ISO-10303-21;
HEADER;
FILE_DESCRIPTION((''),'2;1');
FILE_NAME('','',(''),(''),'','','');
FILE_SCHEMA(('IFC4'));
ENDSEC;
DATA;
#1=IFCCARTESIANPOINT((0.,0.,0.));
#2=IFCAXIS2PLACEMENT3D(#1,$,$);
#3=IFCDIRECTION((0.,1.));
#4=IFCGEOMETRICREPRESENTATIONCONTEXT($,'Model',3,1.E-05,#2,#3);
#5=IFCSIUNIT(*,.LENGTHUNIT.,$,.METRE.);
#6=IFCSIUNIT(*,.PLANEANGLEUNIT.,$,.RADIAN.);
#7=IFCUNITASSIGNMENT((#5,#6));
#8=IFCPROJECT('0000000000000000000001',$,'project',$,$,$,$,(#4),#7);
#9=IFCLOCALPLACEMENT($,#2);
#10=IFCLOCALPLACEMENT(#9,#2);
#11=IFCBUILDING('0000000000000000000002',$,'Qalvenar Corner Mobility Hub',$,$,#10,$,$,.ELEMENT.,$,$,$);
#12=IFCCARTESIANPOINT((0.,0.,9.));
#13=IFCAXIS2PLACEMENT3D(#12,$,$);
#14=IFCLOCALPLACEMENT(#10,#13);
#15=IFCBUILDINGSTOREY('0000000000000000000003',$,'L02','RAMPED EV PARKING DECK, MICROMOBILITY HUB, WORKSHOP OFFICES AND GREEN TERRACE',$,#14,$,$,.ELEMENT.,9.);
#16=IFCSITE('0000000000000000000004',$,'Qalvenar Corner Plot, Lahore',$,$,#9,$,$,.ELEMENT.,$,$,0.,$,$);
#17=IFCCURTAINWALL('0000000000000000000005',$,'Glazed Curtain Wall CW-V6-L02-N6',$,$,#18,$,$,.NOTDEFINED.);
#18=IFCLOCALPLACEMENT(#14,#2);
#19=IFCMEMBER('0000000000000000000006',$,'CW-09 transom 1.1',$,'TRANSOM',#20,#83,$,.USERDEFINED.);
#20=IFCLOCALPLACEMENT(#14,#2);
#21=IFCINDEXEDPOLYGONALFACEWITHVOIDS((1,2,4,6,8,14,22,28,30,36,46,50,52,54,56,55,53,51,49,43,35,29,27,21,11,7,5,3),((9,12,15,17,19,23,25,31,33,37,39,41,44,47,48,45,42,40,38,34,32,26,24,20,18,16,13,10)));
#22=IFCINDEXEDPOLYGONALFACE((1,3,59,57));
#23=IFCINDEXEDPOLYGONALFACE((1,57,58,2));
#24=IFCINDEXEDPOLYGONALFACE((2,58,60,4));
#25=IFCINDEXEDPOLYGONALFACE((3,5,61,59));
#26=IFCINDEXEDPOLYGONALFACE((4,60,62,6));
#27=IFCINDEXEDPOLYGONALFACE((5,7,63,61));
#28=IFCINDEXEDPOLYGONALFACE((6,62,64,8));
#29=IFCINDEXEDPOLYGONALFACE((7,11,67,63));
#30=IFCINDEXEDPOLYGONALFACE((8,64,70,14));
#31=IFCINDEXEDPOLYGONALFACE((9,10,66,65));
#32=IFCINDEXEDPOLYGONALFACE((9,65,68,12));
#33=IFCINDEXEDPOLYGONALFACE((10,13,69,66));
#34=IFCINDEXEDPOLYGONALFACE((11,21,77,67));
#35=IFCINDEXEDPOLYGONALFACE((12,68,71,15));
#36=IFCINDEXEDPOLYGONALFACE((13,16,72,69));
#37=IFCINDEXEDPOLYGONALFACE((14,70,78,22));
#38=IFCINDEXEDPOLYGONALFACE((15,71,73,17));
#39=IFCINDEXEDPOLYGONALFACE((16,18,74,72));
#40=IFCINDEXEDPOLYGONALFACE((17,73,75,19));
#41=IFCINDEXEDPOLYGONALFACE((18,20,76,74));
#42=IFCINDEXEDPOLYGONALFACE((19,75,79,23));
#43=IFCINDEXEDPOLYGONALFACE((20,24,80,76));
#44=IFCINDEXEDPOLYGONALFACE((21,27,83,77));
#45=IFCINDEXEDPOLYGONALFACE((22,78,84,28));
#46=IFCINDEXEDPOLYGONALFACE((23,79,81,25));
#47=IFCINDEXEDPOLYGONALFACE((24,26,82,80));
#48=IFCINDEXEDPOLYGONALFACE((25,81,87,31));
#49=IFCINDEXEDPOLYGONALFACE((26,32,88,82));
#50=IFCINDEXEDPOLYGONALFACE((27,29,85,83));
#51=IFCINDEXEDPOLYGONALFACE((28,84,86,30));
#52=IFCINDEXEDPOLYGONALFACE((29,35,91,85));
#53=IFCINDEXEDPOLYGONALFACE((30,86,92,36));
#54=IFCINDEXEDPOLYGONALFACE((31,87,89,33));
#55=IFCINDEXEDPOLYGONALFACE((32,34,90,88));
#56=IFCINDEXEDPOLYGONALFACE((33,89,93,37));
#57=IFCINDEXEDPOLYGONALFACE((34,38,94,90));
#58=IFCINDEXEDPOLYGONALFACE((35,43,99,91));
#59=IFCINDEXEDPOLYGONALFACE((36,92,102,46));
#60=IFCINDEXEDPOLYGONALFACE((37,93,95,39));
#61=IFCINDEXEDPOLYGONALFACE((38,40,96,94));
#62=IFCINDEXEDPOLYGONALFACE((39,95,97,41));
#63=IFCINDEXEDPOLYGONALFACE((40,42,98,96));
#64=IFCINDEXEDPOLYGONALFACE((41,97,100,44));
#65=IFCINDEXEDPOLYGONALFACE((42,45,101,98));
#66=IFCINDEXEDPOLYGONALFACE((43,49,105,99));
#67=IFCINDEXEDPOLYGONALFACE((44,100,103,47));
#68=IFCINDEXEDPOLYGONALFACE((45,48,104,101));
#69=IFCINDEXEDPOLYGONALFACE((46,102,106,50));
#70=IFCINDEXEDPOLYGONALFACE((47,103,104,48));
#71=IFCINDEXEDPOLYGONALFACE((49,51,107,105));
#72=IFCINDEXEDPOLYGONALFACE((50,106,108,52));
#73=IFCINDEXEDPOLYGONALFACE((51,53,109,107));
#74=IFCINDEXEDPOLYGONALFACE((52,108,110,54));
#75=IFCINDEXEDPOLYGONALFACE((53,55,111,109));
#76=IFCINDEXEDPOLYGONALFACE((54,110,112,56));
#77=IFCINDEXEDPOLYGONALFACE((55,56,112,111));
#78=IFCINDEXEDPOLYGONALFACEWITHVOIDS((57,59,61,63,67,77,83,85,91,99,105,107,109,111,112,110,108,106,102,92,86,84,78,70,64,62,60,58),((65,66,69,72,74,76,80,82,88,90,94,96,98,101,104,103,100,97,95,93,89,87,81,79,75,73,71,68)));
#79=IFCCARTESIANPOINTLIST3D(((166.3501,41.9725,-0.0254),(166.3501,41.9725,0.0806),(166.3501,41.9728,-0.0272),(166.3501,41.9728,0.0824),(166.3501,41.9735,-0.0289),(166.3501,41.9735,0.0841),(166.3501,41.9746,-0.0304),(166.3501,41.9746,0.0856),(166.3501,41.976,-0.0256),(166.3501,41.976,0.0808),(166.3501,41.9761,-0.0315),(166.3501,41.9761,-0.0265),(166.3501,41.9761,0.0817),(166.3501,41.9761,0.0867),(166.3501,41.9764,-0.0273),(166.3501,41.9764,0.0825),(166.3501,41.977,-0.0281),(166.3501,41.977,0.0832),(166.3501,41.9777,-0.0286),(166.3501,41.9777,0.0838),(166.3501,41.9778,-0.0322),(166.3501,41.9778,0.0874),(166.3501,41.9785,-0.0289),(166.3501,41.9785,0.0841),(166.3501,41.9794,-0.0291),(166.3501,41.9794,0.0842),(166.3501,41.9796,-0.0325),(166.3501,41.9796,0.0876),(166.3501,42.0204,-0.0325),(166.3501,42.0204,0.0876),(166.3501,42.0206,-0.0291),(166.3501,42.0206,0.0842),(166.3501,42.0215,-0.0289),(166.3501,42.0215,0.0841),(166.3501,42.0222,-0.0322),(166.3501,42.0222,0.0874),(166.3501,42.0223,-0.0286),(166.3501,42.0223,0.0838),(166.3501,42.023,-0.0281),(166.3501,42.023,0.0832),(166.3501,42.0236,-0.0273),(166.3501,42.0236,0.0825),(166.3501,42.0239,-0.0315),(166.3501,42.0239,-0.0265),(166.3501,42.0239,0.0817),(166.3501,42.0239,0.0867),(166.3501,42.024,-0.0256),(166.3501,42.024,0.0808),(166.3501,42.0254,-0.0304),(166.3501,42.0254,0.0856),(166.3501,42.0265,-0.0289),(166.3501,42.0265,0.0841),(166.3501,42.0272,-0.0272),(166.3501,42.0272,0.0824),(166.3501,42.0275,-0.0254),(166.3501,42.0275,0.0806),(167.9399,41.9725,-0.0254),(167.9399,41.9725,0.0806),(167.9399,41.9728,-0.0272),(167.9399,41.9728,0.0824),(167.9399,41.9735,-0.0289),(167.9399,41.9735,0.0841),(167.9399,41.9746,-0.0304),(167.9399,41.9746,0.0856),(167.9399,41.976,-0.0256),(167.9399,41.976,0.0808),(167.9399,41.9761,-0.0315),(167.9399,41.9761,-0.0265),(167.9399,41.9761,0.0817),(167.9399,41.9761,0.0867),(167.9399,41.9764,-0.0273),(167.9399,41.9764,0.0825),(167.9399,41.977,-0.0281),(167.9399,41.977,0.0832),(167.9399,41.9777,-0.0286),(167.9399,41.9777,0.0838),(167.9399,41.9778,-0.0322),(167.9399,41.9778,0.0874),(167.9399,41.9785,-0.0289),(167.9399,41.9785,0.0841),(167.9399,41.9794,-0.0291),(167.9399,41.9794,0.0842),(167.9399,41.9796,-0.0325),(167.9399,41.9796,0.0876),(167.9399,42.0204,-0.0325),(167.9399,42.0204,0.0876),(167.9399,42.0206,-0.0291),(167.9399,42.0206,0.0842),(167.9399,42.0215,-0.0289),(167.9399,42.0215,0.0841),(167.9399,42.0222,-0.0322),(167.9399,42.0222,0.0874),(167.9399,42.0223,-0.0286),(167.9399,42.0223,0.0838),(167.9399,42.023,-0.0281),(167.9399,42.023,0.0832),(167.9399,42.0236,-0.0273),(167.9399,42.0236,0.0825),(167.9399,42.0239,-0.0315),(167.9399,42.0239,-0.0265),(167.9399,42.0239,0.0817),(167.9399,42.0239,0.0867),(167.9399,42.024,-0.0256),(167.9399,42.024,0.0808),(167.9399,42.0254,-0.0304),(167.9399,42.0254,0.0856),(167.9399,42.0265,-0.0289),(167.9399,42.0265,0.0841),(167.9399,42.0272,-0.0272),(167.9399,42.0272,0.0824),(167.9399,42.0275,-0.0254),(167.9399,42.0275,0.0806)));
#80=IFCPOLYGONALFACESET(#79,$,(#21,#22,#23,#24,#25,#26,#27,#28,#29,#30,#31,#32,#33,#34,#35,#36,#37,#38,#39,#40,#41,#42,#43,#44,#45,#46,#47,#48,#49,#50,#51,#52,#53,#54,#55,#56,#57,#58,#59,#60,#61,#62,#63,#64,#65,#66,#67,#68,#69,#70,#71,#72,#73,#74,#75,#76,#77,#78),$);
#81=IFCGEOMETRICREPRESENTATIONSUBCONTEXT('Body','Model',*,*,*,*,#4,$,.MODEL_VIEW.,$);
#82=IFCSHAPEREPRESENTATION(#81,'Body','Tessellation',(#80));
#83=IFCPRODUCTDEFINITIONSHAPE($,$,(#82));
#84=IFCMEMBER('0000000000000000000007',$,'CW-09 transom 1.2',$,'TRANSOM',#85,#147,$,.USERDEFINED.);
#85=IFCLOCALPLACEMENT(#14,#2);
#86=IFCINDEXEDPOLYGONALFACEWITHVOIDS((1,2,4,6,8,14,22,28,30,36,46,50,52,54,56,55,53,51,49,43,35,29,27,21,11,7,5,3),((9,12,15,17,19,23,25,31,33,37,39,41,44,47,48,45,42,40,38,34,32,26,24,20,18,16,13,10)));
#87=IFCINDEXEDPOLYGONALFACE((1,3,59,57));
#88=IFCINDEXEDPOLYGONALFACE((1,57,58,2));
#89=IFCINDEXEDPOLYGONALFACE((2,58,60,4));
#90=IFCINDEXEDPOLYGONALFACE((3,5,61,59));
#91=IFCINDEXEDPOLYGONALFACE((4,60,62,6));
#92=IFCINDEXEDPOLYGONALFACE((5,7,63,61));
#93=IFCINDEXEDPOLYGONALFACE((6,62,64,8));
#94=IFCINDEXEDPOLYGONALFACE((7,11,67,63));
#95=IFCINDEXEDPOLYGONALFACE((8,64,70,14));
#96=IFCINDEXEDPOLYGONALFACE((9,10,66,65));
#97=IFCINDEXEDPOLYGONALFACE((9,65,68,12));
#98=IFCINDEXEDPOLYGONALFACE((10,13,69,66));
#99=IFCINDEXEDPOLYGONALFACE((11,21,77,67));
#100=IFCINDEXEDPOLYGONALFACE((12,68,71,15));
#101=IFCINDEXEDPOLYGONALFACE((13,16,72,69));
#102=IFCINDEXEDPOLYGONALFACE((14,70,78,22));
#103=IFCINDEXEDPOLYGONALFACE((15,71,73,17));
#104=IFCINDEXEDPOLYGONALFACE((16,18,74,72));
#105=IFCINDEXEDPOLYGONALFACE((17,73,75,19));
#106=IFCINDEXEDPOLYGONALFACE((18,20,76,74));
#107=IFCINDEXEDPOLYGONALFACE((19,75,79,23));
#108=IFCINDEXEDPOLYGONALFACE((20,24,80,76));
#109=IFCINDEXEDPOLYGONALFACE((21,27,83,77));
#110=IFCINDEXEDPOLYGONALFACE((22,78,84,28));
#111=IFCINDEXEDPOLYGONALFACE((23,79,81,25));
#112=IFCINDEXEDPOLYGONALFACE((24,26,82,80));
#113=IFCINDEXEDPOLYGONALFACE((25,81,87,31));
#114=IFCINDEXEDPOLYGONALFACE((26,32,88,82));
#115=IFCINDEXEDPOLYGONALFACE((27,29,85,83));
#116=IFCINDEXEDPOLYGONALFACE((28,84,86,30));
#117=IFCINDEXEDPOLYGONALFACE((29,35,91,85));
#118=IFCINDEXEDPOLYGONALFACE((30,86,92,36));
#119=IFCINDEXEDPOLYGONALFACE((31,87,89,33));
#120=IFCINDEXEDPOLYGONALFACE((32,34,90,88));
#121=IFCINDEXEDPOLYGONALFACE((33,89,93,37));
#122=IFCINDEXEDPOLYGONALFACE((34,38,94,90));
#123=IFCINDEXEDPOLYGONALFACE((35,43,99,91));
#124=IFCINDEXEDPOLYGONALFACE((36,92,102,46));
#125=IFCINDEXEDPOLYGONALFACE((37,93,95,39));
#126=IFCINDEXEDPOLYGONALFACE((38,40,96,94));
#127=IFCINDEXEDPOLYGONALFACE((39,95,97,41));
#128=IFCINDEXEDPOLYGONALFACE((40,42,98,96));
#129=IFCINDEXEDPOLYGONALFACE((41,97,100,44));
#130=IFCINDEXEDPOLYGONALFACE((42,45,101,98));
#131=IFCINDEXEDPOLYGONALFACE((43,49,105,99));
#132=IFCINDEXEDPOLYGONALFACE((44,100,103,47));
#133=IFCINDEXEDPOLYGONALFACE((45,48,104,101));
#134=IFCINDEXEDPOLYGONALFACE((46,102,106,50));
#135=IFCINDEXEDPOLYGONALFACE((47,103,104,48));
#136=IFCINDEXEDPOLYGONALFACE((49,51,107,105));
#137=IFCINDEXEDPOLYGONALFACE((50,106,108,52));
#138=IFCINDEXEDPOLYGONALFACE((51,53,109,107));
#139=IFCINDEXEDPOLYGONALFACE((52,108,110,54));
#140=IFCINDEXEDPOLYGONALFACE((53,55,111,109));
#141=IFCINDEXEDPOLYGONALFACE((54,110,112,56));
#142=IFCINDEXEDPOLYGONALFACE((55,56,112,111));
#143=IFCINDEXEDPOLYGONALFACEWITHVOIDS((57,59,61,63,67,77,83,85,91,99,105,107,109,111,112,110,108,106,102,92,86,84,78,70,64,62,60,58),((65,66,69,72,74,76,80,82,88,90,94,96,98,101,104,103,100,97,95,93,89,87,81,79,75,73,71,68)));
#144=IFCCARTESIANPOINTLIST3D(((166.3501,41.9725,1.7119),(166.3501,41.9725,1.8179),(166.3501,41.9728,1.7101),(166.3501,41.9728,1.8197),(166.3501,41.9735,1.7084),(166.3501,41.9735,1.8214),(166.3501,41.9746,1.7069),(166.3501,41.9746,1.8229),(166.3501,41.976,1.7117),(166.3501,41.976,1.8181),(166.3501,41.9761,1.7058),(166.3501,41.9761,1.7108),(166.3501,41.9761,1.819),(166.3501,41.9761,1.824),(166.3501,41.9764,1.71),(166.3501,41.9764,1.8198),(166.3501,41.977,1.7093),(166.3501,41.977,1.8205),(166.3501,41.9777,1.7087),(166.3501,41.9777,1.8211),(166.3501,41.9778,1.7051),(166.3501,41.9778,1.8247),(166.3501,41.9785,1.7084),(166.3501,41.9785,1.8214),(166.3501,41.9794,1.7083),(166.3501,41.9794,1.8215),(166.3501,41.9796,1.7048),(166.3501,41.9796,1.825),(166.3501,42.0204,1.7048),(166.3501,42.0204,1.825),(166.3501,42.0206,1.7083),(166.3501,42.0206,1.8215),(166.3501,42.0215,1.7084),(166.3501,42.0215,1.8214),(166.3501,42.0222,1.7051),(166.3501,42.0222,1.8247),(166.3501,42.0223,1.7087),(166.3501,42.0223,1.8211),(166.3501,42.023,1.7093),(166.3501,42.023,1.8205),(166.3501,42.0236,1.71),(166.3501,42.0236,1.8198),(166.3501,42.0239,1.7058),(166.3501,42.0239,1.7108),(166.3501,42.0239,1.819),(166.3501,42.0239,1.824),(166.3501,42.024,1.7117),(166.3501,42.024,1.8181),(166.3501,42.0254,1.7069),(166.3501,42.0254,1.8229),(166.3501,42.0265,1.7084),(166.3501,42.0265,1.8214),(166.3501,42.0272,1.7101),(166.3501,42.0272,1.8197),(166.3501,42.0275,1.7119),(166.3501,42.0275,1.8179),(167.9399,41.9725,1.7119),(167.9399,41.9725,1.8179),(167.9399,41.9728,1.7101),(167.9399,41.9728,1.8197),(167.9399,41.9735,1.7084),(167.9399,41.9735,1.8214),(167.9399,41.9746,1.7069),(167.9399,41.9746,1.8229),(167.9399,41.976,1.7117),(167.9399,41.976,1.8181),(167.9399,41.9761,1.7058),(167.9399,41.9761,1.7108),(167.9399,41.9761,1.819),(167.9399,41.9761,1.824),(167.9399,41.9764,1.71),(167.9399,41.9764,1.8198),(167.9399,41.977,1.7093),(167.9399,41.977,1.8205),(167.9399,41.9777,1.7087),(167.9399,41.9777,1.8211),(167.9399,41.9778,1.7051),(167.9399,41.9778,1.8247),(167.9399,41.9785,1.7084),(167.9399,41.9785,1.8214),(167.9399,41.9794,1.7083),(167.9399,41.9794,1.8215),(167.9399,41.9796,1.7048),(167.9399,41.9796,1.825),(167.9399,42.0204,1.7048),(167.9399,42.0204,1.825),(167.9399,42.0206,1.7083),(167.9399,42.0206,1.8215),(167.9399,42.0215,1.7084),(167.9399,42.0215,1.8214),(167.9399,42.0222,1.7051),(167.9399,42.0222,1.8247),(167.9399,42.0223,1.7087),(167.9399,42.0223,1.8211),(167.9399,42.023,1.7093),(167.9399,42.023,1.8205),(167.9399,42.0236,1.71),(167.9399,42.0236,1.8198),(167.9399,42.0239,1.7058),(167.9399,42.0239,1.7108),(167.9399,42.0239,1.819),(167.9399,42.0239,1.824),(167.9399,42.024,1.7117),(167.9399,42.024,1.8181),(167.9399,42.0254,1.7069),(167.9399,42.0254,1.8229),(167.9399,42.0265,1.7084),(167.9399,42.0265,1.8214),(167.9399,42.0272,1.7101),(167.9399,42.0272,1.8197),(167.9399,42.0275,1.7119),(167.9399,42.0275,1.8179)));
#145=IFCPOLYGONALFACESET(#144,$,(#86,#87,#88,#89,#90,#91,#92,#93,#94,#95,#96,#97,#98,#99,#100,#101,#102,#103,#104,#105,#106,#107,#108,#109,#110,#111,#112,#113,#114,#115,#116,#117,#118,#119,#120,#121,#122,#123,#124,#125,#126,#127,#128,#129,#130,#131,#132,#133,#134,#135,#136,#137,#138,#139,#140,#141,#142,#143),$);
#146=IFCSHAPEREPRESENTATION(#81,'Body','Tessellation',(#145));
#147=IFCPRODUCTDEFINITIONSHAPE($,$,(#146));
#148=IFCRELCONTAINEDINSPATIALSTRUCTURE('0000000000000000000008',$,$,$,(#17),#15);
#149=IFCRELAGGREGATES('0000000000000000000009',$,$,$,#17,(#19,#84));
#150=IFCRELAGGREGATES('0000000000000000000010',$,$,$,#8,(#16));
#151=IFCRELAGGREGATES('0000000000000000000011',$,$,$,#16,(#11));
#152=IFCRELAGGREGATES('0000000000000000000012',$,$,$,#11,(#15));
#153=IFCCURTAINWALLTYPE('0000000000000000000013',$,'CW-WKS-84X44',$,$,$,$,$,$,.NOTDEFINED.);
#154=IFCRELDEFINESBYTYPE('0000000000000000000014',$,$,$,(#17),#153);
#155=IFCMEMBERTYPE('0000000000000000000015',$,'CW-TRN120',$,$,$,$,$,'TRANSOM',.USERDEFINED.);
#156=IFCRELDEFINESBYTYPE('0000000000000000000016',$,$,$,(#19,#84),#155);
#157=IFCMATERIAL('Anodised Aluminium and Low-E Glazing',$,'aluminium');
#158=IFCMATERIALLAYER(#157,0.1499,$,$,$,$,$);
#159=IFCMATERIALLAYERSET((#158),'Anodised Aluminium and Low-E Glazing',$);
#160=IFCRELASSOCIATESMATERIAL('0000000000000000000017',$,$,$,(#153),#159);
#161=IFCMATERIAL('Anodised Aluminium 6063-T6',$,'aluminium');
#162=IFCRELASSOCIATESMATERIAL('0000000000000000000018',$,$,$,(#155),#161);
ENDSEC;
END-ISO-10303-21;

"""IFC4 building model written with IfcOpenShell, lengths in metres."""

from ifc_helpers import new_model, si_unit, direction, frame, origin, origin_2d, place, context, subcontext, project, spatial, hollow_rectangle, extrude, material, layer, layer_set, material_profile, profile_set, type_object, element, aggregate, save


model = new_model("IFC4")

# Units and contexts
model_context = context("Model", 3, precision=1e-05, world=origin(), true_north=direction((0.0, 1.0)))
body_context = subcontext(model_context, "Body", "Model", "MODEL_VIEW")
ifc_project = project(units=[si_unit("LENGTHUNIT", "METRE"), si_unit("PLANEANGLEUNIT", "RADIAN")], contexts=[model_context])

# Site, building, storey
site_placement = place(None, origin())
site = spatial("IfcSite", under=ifc_project, at=site_placement, Name="Qalvenar Corner Plot, Lahore", CompositionType="ELEMENT", RefElevation=0.0)
building_placement = place(site_placement, origin())
building = spatial("IfcBuilding", under=site, at=building_placement, Name="Qalvenar Corner Mobility Hub", CompositionType="ELEMENT")
storey_placement = place(building_placement, frame((0.0, 0.0, 9.0)))
storey = spatial("IfcBuildingStorey", under=building, at=storey_placement, Name="L02", Description="RAMPED EV PARKING DECK, MICROMOBILITY HUB, WORKSHOP OFFICES AND GREEN TERRACE", CompositionType="ELEMENT", Elevation=9.0)

# Curtain wall, members
ifc_material_1 = material(Name="Anodised Aluminium and Low-E Glazing", Category="aluminium")
ifc_layer_1 = layer(ifc_material_1, 0.1499)
ifc_layer_set_1 = layer_set([ifc_layer_1], Name="Anodised Aluminium and Low-E Glazing")
curtain_wall_type = type_object("IfcCurtainWallType", Name="CW-WKS-84X44", PredefinedType="NOTDEFINED", material=ifc_layer_set_1)
curtain_wall_placement = place(storey_placement, origin())
curtain_wall = element("IfcCurtainWall", 1, at=curtain_wall_placement, inside=storey, type_object=curtain_wall_type, Name="Glazed Curtain Wall CW-V6-L02-N6", PredefinedType="NOTDEFINED")
ifc_material_2 = material(Name="Anodised Aluminium 6063-T6", Category="aluminium")
ifc_material_profile_1 = material_profile(ifc_material_2, hollow_rectangle(XDim=0.0549, YDim=0.1201, WallThickness=0.0034, InnerFilletRadius=0.0034, OuterFilletRadius=0.0071, at=origin_2d()), Name="RHS120x55x3.5")
ifc_profile_set_1 = profile_set([ifc_material_profile_1], Name="Anodised Aluminium 6063-T6")
member_type_1 = type_object("IfcMemberType", Name="CW-TRN120", ElementType="TRANSOM", PredefinedType="USERDEFINED", material=ifc_profile_set_1)
member_1_placement = place(storey_placement, frame((167.9399, 42.0, 0.0276), z_axis=(-1.0, 0.0, 0.0), x_axis=(0.0, -1.0, 0.0)))
member_1 = element("IfcMember", 2, at=member_1_placement, type_object=member_type_1, Name="CW-09 transom 1.1", ObjectType="TRANSOM", PredefinedType="USERDEFINED", context=body_context, shape_type="SweptSolid", body=[
    extrude(hollow_rectangle(XDim=0.0549, YDim=0.1201, WallThickness=0.0034, InnerFilletRadius=0.0034, OuterFilletRadius=0.0071, at=origin_2d()), origin(), (0.0, 0.0, 1.0), 1.5898),
])
member_2_placement = place(storey_placement, frame((167.9399, 42.0, 1.7649), z_axis=(-1.0, 0.0, 0.0), x_axis=(0.0, -1.0, 0.0)))
member_2 = element("IfcMember", 3, at=member_2_placement, type_object=member_type_1, Name="CW-09 transom 1.2", ObjectType="TRANSOM", PredefinedType="USERDEFINED", context=body_context, shape_type="SweptSolid", body=[
    extrude(hollow_rectangle(XDim=0.0549, YDim=0.1201, WallThickness=0.0034, InnerFilletRadius=0.0034, OuterFilletRadius=0.0071, at=origin_2d()), origin(), (0.0, 0.0, 1.0), 1.5898),
])
aggregate(curtain_wall, [member_1, member_2])

save(model, "model.ifc")
